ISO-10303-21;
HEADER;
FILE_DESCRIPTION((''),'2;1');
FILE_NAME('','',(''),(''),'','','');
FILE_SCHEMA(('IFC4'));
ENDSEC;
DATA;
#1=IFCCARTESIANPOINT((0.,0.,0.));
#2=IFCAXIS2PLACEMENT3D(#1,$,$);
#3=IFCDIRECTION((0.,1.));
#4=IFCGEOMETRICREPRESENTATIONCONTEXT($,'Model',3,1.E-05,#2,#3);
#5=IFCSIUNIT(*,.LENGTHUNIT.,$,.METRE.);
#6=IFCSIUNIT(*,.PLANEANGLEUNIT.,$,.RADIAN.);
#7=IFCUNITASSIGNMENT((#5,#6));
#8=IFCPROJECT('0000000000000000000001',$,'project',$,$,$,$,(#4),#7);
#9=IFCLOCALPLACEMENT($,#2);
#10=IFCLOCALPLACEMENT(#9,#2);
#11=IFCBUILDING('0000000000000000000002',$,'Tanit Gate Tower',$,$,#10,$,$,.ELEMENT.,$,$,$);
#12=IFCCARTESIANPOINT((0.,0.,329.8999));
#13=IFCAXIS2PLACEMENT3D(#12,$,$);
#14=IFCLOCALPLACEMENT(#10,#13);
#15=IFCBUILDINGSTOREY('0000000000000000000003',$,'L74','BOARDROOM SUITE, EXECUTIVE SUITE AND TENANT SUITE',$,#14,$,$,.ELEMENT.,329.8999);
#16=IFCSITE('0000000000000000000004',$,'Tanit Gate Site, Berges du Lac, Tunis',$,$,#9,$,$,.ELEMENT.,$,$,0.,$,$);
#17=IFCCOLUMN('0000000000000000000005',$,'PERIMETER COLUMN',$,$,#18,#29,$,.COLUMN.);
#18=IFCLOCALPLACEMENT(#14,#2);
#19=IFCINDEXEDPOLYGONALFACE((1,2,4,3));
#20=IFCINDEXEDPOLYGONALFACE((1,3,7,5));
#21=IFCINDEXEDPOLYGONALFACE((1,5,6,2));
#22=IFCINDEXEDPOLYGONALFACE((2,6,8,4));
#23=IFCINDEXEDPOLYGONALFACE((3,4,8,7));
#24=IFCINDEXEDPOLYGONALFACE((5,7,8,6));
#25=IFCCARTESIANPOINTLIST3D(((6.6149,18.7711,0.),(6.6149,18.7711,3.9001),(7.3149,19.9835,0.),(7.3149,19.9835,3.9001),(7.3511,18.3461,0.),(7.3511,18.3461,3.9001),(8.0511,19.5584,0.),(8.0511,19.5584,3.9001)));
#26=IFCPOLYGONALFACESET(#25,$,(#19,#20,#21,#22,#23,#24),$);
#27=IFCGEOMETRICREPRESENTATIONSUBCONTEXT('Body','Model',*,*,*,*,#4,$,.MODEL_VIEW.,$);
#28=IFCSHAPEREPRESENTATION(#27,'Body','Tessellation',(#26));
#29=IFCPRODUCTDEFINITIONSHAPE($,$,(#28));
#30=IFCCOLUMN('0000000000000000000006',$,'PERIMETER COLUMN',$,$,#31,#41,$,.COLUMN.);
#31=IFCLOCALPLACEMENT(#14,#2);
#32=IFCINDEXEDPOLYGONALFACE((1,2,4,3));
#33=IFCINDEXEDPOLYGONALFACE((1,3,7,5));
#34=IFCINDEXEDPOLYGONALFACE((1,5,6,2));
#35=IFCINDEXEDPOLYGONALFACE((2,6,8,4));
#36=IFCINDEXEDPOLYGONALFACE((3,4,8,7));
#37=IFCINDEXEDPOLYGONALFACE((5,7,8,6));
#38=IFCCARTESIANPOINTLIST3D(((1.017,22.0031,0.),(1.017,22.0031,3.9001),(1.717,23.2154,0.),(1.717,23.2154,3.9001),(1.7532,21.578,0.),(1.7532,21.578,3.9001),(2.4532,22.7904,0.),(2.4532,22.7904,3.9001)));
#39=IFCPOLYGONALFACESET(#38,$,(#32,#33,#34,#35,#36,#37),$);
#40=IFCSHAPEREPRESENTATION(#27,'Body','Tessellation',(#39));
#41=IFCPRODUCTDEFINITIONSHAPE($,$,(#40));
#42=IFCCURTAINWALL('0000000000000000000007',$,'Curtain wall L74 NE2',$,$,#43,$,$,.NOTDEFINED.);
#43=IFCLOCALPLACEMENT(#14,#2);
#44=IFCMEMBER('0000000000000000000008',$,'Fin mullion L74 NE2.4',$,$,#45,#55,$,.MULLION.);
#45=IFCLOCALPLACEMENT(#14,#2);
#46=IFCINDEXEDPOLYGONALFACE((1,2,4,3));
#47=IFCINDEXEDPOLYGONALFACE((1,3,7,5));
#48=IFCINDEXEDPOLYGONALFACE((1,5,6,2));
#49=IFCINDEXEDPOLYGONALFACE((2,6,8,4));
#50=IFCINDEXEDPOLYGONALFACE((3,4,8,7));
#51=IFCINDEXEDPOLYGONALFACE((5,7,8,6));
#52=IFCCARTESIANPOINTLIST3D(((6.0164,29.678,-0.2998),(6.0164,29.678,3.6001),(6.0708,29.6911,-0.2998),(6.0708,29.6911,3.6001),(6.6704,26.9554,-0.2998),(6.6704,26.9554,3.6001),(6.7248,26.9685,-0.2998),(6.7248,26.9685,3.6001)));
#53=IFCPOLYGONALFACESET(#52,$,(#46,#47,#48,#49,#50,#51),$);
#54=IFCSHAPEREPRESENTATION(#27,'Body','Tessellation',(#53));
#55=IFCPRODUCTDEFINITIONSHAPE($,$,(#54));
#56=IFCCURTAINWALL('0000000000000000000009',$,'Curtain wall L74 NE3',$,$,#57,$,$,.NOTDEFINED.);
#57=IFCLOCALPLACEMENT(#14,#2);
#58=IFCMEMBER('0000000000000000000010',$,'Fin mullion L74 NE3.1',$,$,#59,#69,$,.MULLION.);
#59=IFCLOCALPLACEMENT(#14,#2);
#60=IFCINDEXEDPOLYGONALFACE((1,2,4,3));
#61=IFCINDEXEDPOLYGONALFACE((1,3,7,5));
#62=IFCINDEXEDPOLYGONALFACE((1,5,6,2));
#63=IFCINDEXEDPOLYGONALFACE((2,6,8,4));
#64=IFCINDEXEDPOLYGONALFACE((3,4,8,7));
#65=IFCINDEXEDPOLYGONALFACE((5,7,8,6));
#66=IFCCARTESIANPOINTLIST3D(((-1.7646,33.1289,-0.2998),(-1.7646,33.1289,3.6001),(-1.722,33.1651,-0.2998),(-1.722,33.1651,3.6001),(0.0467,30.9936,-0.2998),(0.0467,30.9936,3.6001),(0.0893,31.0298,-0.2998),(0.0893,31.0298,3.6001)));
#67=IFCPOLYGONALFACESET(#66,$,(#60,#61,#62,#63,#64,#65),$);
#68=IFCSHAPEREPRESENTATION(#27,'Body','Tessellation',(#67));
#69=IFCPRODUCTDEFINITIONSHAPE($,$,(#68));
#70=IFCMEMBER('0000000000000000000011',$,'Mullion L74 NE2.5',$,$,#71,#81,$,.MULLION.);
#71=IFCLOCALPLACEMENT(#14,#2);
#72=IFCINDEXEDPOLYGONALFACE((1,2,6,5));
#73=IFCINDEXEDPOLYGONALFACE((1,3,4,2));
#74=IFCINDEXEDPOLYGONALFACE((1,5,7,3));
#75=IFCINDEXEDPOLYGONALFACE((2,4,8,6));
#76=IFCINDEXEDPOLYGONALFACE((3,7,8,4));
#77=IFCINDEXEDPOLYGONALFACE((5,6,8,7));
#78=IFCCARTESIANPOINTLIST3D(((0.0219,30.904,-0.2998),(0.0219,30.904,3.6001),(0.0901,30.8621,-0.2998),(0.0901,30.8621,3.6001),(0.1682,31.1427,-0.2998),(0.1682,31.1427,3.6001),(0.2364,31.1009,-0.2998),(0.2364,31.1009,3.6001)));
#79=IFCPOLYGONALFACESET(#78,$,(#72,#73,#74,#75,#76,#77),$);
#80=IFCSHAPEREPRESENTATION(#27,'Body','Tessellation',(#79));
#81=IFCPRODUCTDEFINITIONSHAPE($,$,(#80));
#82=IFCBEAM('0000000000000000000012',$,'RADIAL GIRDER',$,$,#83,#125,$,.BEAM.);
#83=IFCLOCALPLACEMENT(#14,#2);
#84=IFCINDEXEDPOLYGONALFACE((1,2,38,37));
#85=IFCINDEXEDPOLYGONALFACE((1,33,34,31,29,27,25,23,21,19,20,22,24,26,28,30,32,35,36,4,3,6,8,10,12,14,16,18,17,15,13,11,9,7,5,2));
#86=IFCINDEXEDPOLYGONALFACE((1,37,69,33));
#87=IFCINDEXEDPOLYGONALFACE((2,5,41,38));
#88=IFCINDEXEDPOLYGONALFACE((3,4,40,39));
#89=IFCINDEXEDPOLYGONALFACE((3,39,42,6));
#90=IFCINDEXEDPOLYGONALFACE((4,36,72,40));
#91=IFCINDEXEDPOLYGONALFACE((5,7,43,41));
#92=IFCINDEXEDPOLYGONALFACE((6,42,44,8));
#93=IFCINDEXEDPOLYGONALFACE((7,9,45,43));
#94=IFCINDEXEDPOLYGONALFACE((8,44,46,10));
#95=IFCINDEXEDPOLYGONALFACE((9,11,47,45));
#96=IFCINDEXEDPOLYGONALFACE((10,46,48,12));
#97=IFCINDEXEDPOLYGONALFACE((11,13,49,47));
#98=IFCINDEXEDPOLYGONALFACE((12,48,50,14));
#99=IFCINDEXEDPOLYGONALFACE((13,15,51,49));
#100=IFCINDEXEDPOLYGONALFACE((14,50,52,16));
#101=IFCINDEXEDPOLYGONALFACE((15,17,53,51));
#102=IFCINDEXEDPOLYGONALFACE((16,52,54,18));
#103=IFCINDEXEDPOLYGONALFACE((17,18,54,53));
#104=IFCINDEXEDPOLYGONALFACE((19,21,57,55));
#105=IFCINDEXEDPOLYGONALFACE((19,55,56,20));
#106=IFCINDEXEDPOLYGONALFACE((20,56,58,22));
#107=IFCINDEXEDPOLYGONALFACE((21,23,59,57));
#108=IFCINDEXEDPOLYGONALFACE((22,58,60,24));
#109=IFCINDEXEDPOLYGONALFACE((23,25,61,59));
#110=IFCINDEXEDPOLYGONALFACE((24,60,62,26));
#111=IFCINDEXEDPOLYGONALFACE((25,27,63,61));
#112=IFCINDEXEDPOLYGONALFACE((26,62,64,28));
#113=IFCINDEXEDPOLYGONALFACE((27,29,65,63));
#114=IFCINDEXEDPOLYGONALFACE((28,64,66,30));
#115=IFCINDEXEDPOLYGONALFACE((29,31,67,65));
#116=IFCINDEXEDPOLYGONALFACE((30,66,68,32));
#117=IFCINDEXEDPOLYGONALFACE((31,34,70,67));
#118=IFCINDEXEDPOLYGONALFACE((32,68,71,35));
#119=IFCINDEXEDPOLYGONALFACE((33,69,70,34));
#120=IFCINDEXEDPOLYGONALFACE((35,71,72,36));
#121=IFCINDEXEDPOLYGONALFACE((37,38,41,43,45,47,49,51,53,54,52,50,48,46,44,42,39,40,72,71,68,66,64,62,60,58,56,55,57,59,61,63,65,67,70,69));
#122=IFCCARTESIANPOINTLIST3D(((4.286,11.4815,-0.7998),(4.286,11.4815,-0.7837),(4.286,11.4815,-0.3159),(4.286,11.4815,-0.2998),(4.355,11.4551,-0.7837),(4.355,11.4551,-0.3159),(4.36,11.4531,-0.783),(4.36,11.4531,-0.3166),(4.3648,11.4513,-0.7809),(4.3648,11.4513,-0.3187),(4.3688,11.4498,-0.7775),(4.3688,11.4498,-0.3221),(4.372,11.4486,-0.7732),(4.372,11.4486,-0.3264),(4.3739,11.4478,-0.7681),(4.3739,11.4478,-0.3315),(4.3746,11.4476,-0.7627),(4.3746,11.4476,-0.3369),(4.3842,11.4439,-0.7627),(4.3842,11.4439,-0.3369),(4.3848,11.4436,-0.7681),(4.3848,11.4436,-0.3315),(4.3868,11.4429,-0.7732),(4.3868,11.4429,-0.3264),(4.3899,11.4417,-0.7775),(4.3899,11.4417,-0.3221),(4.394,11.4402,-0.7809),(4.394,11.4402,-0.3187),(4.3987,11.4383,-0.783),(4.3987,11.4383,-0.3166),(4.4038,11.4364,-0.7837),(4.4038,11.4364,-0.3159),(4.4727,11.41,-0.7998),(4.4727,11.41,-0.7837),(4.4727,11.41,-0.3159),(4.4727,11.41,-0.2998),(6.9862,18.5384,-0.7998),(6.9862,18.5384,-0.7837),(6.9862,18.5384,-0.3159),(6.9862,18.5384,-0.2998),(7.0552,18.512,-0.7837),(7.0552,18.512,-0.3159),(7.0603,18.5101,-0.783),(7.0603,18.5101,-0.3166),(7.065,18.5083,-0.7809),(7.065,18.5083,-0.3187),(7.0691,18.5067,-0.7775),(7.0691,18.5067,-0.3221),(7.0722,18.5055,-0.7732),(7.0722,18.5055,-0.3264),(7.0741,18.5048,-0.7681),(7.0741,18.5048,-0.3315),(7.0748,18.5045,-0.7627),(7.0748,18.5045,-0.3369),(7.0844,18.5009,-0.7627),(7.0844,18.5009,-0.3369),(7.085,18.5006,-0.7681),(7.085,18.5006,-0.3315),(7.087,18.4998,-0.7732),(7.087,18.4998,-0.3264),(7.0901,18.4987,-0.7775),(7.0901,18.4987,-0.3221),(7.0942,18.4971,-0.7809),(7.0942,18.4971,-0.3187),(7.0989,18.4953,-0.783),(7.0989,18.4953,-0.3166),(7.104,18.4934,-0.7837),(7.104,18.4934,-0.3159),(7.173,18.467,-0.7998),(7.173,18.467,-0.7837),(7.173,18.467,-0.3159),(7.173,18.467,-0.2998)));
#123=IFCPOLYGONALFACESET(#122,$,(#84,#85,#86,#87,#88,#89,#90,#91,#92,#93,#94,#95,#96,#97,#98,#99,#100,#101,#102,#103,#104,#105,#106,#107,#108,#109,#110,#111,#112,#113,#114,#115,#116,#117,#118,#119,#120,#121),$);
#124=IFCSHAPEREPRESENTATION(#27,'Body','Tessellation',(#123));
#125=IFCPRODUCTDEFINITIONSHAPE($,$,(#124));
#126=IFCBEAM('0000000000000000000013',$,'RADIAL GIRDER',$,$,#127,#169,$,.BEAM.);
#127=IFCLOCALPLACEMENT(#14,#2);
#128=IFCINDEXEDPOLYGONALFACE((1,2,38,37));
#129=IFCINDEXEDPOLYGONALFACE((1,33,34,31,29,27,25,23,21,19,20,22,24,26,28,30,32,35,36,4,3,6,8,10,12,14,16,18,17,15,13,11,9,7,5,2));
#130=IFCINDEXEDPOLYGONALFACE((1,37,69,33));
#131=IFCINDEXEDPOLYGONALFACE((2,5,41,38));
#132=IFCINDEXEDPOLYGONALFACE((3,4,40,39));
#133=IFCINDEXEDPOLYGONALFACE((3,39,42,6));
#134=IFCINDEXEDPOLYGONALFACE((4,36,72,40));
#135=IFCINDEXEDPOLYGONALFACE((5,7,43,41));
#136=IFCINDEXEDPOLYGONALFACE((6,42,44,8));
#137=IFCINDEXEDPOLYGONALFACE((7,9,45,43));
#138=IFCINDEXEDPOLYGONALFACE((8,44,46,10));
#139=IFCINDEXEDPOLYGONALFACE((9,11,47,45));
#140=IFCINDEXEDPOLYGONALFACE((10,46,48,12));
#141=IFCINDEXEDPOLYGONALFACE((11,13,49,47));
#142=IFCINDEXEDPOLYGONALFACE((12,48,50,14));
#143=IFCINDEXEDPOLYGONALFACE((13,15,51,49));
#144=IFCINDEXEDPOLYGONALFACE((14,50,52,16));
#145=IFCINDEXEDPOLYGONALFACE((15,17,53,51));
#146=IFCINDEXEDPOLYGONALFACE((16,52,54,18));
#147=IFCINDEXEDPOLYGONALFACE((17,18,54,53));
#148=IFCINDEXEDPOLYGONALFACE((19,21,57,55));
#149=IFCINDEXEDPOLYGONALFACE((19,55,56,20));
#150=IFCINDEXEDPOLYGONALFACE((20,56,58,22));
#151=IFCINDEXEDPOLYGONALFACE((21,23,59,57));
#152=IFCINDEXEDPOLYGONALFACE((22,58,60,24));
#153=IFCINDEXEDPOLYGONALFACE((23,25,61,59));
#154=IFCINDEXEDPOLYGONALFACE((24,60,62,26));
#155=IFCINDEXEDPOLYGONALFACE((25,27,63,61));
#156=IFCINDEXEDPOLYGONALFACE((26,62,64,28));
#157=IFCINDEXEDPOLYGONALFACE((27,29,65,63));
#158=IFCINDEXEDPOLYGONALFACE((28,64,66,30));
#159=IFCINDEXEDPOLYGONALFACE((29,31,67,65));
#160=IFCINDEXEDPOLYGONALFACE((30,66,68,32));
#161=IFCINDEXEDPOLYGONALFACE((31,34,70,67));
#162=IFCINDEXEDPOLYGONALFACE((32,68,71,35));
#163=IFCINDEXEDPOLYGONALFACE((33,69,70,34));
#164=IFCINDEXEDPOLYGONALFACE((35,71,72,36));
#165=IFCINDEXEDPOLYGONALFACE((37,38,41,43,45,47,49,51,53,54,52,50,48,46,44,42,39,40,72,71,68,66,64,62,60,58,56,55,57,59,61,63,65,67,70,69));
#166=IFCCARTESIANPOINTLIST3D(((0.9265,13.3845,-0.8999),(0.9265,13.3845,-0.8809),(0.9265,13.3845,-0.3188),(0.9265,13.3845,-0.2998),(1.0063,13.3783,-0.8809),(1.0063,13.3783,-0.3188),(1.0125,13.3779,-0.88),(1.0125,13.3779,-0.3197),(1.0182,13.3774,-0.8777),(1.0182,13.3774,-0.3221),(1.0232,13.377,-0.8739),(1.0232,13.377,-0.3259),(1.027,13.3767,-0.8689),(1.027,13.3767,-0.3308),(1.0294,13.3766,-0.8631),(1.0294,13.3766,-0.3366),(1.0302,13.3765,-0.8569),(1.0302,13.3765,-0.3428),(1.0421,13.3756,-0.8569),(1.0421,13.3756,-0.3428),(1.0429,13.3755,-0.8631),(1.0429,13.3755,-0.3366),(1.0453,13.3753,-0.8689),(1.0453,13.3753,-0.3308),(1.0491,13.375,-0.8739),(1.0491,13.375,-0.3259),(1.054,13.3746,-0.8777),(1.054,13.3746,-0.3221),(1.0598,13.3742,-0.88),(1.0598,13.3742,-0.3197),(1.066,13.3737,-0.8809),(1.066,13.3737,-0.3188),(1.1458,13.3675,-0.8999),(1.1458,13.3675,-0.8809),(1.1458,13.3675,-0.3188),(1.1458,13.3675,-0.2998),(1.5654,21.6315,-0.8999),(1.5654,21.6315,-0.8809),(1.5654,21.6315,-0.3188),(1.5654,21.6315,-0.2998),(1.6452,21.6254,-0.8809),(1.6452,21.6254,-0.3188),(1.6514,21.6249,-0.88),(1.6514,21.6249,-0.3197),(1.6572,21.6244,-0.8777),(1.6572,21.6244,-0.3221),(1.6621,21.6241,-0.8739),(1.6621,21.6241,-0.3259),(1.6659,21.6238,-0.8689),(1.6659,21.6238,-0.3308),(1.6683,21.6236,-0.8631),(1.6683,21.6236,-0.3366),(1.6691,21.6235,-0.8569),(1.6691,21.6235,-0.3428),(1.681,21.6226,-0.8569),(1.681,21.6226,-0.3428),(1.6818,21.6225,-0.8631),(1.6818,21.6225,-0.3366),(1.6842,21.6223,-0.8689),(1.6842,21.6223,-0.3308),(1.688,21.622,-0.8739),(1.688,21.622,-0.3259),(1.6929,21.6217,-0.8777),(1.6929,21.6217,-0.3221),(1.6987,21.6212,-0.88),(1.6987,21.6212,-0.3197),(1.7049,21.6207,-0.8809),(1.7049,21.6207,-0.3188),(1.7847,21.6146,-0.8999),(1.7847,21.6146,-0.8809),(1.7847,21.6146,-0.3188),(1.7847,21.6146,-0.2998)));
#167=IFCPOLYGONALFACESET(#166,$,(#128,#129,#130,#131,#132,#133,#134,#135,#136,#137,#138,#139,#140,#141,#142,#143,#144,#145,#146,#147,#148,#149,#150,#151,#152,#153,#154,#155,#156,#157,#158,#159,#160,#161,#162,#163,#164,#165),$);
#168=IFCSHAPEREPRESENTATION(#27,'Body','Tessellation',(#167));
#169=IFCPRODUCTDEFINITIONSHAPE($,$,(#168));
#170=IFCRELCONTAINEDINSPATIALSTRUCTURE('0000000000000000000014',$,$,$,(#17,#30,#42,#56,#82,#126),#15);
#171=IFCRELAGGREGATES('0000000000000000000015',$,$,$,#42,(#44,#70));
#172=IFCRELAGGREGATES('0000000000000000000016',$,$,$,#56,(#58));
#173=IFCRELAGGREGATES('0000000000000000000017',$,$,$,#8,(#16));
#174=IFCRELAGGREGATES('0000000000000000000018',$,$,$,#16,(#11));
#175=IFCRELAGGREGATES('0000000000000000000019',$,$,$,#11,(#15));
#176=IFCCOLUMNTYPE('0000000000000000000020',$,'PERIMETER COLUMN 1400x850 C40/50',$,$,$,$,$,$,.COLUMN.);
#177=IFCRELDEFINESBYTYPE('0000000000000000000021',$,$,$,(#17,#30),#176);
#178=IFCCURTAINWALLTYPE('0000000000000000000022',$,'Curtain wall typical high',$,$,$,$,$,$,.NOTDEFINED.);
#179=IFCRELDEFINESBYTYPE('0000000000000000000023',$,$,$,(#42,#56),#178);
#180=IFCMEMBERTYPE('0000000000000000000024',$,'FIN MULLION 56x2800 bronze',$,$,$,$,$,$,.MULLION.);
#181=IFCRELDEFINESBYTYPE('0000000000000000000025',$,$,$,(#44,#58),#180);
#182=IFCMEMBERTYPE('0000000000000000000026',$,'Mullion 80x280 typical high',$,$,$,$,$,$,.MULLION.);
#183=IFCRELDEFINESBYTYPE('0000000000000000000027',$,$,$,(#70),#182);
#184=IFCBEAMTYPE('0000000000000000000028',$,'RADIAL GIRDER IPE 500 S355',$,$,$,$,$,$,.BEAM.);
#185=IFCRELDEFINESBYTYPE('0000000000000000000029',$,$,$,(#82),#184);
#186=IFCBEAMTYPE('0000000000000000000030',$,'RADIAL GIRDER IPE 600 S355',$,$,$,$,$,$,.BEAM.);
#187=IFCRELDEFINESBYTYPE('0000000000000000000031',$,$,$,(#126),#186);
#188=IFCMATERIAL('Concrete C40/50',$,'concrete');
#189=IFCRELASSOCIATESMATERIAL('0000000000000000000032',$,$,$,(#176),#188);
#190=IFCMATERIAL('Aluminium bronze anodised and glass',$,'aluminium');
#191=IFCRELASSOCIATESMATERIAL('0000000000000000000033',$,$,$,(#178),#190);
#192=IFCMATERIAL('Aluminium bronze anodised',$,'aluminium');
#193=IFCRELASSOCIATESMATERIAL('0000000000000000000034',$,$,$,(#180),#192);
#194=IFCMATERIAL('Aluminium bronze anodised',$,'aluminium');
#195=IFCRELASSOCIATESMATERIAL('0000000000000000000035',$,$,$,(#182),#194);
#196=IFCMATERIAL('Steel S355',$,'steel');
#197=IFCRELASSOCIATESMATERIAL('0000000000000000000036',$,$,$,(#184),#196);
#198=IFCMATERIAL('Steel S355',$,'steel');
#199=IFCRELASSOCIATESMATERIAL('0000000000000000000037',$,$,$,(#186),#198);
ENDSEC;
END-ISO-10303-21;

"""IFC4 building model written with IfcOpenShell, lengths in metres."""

from ifc_helpers import new_model, si_unit, direction, frame, origin, origin_2d, place, context, subcontext, project, spatial, rectangle, i_section, extrude, material, material_profile, profile_set, type_object, element, aggregate, save


model = new_model("IFC4")

# Units and contexts
model_context = context("Model", 3, precision=1e-05, world=origin(), true_north=direction((0.0, 1.0)))
body_context = subcontext(model_context, "Body", "Model", "MODEL_VIEW")
ifc_project = project(units=[si_unit("LENGTHUNIT", "METRE"), si_unit("PLANEANGLEUNIT", "RADIAN")], contexts=[model_context])

# Site, building, storey
site_placement = place(None, origin())
site = spatial("IfcSite", under=ifc_project, at=site_placement, Name="Tanit Gate Site, Berges du Lac, Tunis", CompositionType="ELEMENT", RefElevation=0.0)
building_placement = place(site_placement, origin())
building = spatial("IfcBuilding", under=site, at=building_placement, Name="Tanit Gate Tower", CompositionType="ELEMENT")
storey_placement = place(building_placement, frame((0.0, 0.0, 329.8999)))
storey = spatial("IfcBuildingStorey", under=building, at=storey_placement, Name="L74", Description="BOARDROOM SUITE, EXECUTIVE SUITE AND TENANT SUITE", CompositionType="ELEMENT", Elevation=329.8999)

# Columns
ifc_material_1 = material(Name="Concrete C40/50", Category="concrete")
ifc_material_profile_1 = material_profile(ifc_material_1, rectangle(XDim=1.3999, YDim=0.8501, at=origin_2d()), Name="RC 1400x850")
ifc_profile_set_1 = profile_set([ifc_material_profile_1], Name="Concrete C40/50")
column_type = type_object("IfcColumnType", Name="PERIMETER COLUMN 1400x850 C40/50", PredefinedType="COLUMN", material=ifc_profile_set_1)
for number, where, z_axis, x_axis, name in (
    (1, (7.333, 19.1648, 0.0), (0.0, 0.0, 1.0), (0.5, 0.866025, 0.0), "PERIMETER COLUMN"),
    (2, (1.7351, 22.3967, 0.0), (0.0, 0.0, 1.0), (0.5, 0.866025, 0.0), "PERIMETER COLUMN"),
):
    element("IfcColumn", number, at=place(storey_placement, frame(where, z_axis=z_axis, x_axis=x_axis)), inside=storey, type_object=column_type, Name=name, PredefinedType="COLUMN", context=body_context, shape_type="SweptSolid", body=[
        extrude(rectangle(XDim=1.3999, YDim=0.8501, at=origin_2d()), origin(), (0.0, 0.0, 1.0), 3.9001),
    ])

# Curtain walls, members
ifc_material_2 = material(Name="Aluminium bronze anodised and glass", Category="aluminium")
curtain_wall_type = type_object("IfcCurtainWallType", Name="Curtain wall typical high", PredefinedType="NOTDEFINED", material=ifc_material_2)
curtain_wall_1_placement = place(storey_placement, origin())
curtain_wall_1 = element("IfcCurtainWall", 3, at=curtain_wall_1_placement, inside=storey, type_object=curtain_wall_type, Name="Curtain wall L74 NE2", PredefinedType="NOTDEFINED")
ifc_material_3 = material(Name="Aluminium bronze anodised", Category="aluminium")
ifc_material_profile_2 = material_profile(ifc_material_3, rectangle(XDim=2.8, YDim=0.0559, at=origin_2d()), Name="56x2800 bronze fin mullion")
ifc_profile_set_2 = profile_set([ifc_material_profile_2], Name="Aluminium bronze anodised")
member_type_1 = type_object("IfcMemberType", Name="FIN MULLION 56x2800 bronze", PredefinedType="MULLION", material=ifc_profile_set_2)
member_1_placement = place(storey_placement, frame((6.3706, 28.3232, -0.2998), z_axis=(0.0, 0.0, 1.0), x_axis=(0.233557, -0.972343, 0.0)))
member_1 = element("IfcMember", 4, at=member_1_placement, type_object=member_type_1, Name="Fin mullion L74 NE2.4", PredefinedType="MULLION", context=body_context, shape_type="SweptSolid", body=[
    extrude(rectangle(XDim=2.8, YDim=0.0559, at=origin_2d()), origin(), (0.0, 0.0, 1.0), 3.8999),
])
curtain_wall_2_placement = place(storey_placement, origin())
curtain_wall_2 = element("IfcCurtainWall", 5, at=curtain_wall_2_placement, inside=storey, type_object=curtain_wall_type, Name="Curtain wall L74 NE3", PredefinedType="NOTDEFINED")
member_2_placement = place(storey_placement, frame((-0.8376, 32.0793, -0.2998), z_axis=(0.0, 0.0, 1.0), x_axis=(0.646873, -0.762598, 0.0)))
member_2 = element("IfcMember", 6, at=member_2_placement, type_object=member_type_1, Name="Fin mullion L74 NE3.1", PredefinedType="MULLION", context=body_context, shape_type="SweptSolid", body=[
    extrude(rectangle(XDim=2.8, YDim=0.0559, at=origin_2d()), origin(), (0.0, 0.0, 1.0), 3.8999),
])

# Member
ifc_material_4 = material(Name="Aluminium bronze anodised", Category="aluminium")
ifc_material_profile_3 = material_profile(ifc_material_4, rectangle(XDim=0.28, YDim=0.0801, at=origin_2d()), Name="80x280 bronze mullion")
ifc_profile_set_3 = profile_set([ifc_material_profile_3], Name="Aluminium bronze anodised")
member_type_2 = type_object("IfcMemberType", Name="Mullion 80x280 typical high", PredefinedType="MULLION", material=ifc_profile_set_3)
member_3_placement = place(storey_placement, frame((0.1292, 31.0024, -0.2998), z_axis=(0.0, 0.0, 1.0), x_axis=(-0.522401, -0.8527, 0.0)))
member_3 = element("IfcMember", 7, at=member_3_placement, type_object=member_type_2, Name="Mullion L74 NE2.5", PredefinedType="MULLION", context=body_context, shape_type="SweptSolid", body=[
    extrude(rectangle(XDim=0.28, YDim=0.0801, at=origin_2d()), origin(), (0.0, 0.0, 1.0), 3.8999),
])

# Beams
ifc_material_5 = material(Name="Steel S355", Category="steel")
ifc_material_profile_4 = material_profile(ifc_material_5, i_section(OverallWidth=0.2, OverallDepth=0.5, WebThickness=0.0103, FlangeThickness=0.0161, FilletRadius=0.021, at=origin_2d()), Name="IPE 500")
ifc_profile_set_4 = profile_set([ifc_material_profile_4], Name="Steel S355")
beam_type_1 = type_object("IfcBeamType", Name="RADIAL GIRDER IPE 500 S355", PredefinedType="BEAM", material=ifc_profile_set_4)
beam_1_placement = place(storey_placement, frame((7.0796, 18.5027, -0.5498), z_axis=(-0.357365, -0.933965, 0.0), x_axis=(0.933965, -0.357365, 0.0)))
element("IfcBeam", 8, at=beam_1_placement, inside=storey, type_object=beam_type_1, Name="RADIAL GIRDER", PredefinedType="BEAM", context=body_context, shape_type="SweptSolid", body=[
    extrude(i_section(OverallWidth=0.2, OverallDepth=0.5, WebThickness=0.0103, FlangeThickness=0.0161, FilletRadius=0.021, at=origin_2d()), origin(), (0.0, 0.0, 1.0), 7.5559),
])
ifc_material_6 = material(Name="Steel S355", Category="steel")
ifc_material_profile_5 = material_profile(ifc_material_6, i_section(OverallWidth=0.22, OverallDepth=0.6001, WebThickness=0.012, FlangeThickness=0.019, FilletRadius=0.0239, at=origin_2d()), Name="IPE 600")
ifc_profile_set_5 = profile_set([ifc_material_profile_5], Name="Steel S355")
beam_type_2 = type_object("IfcBeamType", Name="RADIAL GIRDER IPE 600 S355", PredefinedType="BEAM", material=ifc_profile_set_5)
beam_2_placement = place(storey_placement, frame((1.675, 21.623, -0.5999), z_axis=(-0.07724, -0.997012, 0.0), x_axis=(0.997012, -0.07724, 0.0)))
element("IfcBeam", 9, at=beam_2_placement, inside=storey, type_object=beam_type_2, Name="RADIAL GIRDER", PredefinedType="BEAM", context=body_context, shape_type="SweptSolid", body=[
    extrude(i_section(OverallWidth=0.22, OverallDepth=0.6001, WebThickness=0.012, FlangeThickness=0.019, FilletRadius=0.0239, at=origin_2d()), origin(), (0.0, 0.0, 1.0), 8.2717),
])

aggregate(curtain_wall_1, [member_1, member_3])
aggregate(curtain_wall_2, [member_2])

save(model, "model.ifc")
